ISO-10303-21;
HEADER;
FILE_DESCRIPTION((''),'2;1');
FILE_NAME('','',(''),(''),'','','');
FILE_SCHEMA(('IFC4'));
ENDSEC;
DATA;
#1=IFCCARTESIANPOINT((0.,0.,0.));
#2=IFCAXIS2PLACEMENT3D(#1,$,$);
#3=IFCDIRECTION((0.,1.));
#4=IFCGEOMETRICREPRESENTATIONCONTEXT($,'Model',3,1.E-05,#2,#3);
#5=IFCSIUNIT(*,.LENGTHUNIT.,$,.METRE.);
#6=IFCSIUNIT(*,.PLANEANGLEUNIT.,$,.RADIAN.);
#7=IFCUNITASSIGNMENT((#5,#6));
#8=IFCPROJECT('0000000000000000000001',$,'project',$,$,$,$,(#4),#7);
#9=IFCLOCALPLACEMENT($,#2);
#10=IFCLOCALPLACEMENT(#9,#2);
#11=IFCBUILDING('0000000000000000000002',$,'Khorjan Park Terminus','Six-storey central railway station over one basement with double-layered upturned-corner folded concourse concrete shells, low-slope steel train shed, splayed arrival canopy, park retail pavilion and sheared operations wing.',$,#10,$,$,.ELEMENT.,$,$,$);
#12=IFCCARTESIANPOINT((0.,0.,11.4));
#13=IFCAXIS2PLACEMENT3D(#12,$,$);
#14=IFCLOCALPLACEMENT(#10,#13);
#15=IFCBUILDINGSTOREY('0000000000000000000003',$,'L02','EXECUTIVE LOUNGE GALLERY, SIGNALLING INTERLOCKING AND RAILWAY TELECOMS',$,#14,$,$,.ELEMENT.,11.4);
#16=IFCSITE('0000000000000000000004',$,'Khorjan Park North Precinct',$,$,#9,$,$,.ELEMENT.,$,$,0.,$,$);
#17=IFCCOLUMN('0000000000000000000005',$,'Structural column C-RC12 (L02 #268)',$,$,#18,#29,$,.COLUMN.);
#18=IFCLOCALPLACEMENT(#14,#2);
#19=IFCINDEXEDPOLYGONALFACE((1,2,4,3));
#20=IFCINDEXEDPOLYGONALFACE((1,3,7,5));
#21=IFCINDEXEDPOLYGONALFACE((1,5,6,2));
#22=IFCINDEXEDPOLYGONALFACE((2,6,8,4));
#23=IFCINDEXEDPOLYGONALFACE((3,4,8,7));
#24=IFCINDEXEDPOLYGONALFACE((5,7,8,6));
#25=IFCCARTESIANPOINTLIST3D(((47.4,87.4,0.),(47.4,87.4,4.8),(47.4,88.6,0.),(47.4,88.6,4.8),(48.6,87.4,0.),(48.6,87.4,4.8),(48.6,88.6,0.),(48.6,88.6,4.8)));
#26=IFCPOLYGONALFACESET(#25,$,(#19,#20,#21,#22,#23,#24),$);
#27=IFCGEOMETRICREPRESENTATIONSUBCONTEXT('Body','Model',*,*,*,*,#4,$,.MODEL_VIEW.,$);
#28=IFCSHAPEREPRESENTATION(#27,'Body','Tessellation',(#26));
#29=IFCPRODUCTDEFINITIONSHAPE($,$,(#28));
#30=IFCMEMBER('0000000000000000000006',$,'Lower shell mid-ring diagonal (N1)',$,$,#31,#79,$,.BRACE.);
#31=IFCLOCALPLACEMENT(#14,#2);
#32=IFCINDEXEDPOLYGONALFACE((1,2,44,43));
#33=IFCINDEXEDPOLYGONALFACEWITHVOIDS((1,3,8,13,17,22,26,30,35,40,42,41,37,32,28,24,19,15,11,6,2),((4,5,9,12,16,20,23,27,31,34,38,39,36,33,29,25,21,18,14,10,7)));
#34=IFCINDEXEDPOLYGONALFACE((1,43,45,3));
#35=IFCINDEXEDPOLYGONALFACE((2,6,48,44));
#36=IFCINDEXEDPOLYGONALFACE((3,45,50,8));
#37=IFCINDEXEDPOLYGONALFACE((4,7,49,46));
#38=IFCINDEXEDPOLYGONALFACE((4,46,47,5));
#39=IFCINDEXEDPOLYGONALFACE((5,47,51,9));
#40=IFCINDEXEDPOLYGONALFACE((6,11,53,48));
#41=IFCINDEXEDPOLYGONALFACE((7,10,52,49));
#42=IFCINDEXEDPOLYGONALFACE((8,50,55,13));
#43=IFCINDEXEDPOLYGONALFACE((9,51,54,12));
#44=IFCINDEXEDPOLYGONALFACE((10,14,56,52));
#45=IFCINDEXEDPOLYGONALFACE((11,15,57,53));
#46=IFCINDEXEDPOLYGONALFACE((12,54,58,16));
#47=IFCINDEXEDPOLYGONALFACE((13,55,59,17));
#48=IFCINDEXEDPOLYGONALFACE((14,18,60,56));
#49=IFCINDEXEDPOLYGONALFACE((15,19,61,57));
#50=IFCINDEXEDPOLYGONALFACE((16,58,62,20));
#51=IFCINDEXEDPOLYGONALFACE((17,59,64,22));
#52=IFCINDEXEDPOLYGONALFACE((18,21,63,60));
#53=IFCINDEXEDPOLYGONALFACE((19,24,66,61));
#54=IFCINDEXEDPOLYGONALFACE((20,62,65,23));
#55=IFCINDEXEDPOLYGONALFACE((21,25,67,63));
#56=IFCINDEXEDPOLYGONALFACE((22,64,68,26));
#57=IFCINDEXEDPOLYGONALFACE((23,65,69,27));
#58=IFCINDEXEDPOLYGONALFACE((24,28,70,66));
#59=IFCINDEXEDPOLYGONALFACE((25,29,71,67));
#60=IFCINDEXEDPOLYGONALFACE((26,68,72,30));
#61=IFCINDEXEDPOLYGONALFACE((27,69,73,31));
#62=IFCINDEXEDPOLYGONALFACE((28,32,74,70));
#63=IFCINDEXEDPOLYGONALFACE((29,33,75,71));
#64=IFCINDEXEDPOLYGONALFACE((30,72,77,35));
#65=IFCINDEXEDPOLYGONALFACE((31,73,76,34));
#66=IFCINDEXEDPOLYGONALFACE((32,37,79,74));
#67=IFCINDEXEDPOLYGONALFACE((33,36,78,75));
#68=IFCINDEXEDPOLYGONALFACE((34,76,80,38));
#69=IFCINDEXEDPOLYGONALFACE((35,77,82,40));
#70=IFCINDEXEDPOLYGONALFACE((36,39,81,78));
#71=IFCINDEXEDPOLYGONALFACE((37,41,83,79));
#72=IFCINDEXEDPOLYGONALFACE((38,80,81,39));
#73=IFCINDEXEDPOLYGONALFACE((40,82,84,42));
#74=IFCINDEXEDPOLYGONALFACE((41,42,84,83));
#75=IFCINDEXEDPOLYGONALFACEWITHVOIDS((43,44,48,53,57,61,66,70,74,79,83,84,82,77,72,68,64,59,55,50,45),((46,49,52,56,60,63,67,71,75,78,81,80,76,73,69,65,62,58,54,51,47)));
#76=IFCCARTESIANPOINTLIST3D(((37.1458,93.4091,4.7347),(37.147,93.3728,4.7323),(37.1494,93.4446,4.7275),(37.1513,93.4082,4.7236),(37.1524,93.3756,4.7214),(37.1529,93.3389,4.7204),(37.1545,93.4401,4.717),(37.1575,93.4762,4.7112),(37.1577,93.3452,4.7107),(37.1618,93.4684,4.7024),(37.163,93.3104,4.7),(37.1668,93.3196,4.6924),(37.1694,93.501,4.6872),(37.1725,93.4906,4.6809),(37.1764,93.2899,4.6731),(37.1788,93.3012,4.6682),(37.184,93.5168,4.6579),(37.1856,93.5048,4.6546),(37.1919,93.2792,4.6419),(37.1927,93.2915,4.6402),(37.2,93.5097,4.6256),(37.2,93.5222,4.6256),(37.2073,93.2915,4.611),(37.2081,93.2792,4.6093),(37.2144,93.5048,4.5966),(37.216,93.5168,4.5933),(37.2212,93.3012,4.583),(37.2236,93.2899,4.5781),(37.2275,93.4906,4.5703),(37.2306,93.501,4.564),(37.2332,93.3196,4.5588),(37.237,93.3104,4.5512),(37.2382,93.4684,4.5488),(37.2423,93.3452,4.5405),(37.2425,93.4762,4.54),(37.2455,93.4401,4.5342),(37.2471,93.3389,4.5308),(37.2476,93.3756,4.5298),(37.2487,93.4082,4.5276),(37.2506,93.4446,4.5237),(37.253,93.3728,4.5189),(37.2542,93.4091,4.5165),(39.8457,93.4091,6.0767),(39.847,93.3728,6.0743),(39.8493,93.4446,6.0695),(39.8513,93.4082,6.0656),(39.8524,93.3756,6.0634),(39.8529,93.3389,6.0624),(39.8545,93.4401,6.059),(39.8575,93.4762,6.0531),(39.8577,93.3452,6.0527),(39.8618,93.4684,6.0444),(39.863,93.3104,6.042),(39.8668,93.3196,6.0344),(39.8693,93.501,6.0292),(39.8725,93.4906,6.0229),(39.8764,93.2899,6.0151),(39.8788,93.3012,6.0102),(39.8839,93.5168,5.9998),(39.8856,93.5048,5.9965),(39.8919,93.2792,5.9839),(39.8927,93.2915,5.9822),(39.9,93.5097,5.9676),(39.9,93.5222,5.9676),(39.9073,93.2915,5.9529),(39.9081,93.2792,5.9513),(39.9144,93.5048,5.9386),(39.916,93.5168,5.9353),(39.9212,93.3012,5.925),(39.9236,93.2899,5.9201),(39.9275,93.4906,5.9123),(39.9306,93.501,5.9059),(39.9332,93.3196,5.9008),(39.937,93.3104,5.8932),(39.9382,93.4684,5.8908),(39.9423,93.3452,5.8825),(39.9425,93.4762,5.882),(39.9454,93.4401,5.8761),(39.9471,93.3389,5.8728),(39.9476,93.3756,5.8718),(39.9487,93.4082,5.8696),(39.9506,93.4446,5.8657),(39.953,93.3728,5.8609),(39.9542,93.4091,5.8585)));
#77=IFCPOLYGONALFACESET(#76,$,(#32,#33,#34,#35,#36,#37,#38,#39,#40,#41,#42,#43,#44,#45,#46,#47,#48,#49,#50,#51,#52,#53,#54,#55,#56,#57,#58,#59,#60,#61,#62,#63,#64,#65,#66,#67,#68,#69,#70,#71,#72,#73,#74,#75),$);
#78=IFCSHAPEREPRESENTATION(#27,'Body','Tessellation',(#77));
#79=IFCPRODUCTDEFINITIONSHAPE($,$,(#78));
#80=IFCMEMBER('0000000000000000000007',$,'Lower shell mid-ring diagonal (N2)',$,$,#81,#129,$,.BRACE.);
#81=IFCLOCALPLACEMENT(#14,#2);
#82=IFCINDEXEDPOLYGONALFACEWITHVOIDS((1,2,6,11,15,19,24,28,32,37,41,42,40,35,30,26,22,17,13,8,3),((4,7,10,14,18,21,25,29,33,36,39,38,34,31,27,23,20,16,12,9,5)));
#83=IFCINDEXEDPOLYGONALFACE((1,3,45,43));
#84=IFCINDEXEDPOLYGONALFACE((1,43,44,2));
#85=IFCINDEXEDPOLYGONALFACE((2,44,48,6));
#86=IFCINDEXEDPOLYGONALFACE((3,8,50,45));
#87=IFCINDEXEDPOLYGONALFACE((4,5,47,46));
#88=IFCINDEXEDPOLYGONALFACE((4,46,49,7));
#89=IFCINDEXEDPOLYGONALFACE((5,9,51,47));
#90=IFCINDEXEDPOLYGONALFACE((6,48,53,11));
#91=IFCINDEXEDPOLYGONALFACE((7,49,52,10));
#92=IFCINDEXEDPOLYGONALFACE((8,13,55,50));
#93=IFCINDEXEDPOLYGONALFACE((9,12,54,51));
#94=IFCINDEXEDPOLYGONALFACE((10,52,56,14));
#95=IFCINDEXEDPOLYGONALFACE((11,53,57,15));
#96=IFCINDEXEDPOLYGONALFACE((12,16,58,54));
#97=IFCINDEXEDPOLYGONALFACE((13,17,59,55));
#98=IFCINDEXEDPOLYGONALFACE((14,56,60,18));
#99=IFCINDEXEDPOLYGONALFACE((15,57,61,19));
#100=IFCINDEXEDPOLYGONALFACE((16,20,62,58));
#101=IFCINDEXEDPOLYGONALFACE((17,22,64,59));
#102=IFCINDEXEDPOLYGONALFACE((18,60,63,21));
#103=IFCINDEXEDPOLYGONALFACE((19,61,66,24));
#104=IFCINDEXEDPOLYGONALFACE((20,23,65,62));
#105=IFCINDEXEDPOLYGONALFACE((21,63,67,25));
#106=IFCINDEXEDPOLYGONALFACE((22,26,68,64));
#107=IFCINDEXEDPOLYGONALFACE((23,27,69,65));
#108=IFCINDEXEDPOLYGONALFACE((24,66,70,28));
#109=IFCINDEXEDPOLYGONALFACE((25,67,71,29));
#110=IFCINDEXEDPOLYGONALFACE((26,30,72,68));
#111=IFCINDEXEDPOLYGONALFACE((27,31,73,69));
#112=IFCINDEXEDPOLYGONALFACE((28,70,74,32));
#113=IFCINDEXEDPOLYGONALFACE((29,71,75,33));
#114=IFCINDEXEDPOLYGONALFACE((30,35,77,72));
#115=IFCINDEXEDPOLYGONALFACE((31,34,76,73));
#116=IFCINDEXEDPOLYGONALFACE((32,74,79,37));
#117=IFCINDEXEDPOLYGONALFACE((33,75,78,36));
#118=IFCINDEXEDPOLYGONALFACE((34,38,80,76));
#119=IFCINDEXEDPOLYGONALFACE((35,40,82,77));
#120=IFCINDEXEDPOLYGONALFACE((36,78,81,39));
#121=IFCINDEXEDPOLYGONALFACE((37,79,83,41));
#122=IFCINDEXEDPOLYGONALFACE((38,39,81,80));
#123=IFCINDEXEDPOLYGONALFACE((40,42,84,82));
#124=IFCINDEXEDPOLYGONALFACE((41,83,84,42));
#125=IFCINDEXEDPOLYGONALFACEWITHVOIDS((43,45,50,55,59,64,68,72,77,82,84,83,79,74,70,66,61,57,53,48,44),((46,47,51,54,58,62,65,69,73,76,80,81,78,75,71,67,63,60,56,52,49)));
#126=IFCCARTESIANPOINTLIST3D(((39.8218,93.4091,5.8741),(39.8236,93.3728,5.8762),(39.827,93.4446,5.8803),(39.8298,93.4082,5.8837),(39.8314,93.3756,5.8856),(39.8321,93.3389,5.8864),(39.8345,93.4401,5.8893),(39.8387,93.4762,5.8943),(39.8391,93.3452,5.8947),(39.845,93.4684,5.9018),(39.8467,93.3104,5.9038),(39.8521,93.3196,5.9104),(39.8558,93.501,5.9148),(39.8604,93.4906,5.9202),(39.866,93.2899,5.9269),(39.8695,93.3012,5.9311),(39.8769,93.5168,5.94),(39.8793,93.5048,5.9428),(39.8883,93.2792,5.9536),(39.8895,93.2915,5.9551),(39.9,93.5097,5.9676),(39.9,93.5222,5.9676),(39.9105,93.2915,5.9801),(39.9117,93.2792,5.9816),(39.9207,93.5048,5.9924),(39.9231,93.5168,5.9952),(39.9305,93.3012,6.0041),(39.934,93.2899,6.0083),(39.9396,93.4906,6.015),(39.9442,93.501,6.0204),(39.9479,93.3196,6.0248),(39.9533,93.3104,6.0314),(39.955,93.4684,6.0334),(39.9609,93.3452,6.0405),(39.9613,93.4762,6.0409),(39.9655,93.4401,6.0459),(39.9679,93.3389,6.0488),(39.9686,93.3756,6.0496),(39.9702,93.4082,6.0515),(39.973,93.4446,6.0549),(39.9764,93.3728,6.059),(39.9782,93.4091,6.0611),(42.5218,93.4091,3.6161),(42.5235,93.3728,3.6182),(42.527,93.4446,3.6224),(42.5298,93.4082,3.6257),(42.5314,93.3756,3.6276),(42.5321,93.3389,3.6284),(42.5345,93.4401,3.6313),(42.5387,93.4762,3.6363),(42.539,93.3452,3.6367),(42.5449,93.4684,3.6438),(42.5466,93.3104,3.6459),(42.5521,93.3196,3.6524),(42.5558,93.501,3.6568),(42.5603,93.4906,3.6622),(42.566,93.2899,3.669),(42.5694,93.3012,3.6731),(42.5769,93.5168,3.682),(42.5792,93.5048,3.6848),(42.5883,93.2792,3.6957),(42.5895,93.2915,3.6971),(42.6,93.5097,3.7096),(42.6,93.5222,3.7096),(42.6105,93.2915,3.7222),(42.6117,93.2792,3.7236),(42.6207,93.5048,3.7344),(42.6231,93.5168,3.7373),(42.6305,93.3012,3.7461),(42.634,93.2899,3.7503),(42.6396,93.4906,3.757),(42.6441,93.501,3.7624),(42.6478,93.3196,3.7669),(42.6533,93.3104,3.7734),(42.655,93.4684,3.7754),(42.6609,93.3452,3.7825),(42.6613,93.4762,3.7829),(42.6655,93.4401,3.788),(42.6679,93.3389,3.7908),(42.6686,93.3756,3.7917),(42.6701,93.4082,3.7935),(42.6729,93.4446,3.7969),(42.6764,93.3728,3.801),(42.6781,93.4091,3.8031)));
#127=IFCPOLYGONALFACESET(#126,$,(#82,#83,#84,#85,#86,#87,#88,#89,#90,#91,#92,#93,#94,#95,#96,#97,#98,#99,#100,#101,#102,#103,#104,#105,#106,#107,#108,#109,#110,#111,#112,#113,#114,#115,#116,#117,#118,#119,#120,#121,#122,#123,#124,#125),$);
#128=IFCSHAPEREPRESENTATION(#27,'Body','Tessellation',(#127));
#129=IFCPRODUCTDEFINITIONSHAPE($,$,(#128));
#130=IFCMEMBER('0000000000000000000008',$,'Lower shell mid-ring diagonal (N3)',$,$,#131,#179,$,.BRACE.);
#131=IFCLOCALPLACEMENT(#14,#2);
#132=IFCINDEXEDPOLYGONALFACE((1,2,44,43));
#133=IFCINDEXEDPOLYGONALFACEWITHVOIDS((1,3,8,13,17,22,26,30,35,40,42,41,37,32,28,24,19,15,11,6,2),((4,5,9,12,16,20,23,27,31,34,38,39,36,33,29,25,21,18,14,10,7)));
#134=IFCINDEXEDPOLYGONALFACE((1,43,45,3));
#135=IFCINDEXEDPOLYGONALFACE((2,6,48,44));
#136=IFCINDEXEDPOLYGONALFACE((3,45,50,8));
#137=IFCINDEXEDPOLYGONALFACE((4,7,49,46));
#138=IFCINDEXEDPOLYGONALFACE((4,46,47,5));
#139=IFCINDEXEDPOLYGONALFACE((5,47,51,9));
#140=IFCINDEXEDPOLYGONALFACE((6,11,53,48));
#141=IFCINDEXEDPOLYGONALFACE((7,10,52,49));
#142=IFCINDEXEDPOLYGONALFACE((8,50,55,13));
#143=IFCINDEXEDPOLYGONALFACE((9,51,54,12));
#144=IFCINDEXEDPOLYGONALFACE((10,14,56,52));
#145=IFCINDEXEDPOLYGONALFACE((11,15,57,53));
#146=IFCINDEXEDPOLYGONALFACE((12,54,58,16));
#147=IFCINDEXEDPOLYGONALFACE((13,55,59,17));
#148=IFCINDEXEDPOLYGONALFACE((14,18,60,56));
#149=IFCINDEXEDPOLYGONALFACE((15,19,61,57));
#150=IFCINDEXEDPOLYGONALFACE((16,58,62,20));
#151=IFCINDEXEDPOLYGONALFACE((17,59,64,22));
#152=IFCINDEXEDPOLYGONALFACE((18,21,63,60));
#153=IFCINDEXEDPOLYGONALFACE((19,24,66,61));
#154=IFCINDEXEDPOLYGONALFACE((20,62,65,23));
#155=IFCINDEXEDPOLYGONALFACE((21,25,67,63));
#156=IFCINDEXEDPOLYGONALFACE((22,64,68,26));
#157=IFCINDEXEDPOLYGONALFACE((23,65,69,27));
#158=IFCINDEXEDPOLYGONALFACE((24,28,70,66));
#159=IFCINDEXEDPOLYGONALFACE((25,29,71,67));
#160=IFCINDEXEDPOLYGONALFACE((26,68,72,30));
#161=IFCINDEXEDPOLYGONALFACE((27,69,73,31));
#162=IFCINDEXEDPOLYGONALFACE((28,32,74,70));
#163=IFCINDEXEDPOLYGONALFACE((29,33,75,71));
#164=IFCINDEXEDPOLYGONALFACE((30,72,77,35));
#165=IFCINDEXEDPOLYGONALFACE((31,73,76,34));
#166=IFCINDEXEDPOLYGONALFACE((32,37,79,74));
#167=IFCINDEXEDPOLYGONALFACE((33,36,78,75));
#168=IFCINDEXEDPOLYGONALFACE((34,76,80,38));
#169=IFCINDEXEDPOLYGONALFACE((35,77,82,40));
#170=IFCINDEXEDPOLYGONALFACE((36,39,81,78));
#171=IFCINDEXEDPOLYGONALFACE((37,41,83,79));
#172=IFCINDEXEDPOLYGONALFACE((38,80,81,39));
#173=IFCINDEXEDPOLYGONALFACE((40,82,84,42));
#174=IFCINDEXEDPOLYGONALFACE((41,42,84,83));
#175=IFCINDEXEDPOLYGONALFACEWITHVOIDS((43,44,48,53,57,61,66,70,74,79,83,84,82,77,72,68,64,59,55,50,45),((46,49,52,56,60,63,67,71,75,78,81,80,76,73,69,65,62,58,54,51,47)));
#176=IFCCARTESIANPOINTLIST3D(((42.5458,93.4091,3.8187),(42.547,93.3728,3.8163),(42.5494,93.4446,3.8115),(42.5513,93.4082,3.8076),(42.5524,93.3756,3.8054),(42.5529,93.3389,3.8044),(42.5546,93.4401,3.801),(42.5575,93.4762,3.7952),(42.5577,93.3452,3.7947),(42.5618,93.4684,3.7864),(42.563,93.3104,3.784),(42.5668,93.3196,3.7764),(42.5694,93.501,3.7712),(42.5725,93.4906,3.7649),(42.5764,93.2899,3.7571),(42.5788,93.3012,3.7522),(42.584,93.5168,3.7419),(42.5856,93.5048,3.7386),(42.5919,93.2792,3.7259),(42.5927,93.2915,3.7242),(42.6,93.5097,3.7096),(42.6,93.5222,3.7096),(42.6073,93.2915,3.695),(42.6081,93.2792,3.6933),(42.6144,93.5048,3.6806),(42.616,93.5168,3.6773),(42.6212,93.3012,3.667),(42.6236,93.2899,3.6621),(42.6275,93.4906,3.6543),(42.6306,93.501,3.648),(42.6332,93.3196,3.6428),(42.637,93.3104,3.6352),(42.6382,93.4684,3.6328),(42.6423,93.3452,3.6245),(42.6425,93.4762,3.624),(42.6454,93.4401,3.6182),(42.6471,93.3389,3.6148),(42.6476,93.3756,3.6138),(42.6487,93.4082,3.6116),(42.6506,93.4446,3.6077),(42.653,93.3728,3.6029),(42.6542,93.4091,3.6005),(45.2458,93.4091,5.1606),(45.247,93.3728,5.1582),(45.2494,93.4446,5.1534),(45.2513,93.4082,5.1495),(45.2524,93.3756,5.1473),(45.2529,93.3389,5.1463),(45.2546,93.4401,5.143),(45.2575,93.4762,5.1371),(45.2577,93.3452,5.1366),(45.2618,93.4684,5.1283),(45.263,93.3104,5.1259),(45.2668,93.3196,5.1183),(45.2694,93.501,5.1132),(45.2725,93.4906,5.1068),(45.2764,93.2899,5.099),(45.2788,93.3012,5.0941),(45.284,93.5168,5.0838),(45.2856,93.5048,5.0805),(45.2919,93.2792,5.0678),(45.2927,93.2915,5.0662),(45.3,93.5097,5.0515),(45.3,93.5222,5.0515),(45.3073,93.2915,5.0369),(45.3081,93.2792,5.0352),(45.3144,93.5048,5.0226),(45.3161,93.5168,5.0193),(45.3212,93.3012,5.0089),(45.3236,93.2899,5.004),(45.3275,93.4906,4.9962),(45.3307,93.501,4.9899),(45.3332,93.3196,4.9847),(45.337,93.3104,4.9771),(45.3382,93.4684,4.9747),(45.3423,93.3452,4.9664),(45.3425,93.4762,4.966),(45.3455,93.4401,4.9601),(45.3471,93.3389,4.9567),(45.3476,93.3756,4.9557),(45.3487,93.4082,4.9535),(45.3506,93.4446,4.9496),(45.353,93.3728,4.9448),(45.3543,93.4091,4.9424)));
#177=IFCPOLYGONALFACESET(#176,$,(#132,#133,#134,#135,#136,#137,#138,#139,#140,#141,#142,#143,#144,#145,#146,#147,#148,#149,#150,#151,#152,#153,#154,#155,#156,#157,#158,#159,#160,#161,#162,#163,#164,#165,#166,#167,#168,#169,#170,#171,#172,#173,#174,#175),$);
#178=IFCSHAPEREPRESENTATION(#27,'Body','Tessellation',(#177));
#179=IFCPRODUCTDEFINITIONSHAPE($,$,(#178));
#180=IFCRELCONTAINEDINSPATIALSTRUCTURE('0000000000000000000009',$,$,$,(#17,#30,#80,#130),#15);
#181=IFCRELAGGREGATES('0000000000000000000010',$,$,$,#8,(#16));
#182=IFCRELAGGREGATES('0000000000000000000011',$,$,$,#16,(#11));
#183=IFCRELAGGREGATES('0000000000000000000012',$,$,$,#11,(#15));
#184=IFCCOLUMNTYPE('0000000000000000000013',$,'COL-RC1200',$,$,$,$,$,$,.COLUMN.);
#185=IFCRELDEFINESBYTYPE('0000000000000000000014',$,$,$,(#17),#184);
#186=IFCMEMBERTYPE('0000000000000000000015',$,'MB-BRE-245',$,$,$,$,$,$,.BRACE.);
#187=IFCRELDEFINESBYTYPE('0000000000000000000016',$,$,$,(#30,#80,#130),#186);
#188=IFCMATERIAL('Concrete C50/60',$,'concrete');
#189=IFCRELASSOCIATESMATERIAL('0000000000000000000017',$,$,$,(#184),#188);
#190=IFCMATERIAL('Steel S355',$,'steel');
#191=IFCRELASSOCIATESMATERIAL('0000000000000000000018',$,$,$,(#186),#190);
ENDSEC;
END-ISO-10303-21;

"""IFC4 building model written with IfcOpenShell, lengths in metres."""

from ifc_helpers import new_model, si_unit, direction, frame, origin, origin_2d, place, context, subcontext, project, spatial, rectangle, hollow_circle, extrude, material, material_profile, profile_set, type_object, element, save


model = new_model("IFC4")

# Units and contexts
model_context = context("Model", 3, precision=1e-05, world=origin(), true_north=direction((0.0, 1.0)))
body_context = subcontext(model_context, "Body", "Model", "MODEL_VIEW")
ifc_project = project(units=[si_unit("LENGTHUNIT", "METRE"), si_unit("PLANEANGLEUNIT", "RADIAN")], contexts=[model_context])

# Site, building, storey
site_placement = place(None, origin())
site = spatial("IfcSite", under=ifc_project, at=site_placement, Name="Khorjan Park North Precinct", CompositionType="ELEMENT", RefElevation=0.0)
building_placement = place(site_placement, origin())
building = spatial("IfcBuilding", under=site, at=building_placement, Name="Khorjan Park Terminus", Description="Six-storey central railway station over one basement with double-layered upturned-corner folded concourse concrete shells, low-slope steel train shed, splayed arrival canopy, park retail pavilion and sheared operations wing.", CompositionType="ELEMENT")
storey_placement = place(building_placement, frame((0.0, 0.0, 11.4)))
storey = spatial("IfcBuildingStorey", under=building, at=storey_placement, Name="L02", Description="EXECUTIVE LOUNGE GALLERY, SIGNALLING INTERLOCKING AND RAILWAY TELECOMS", CompositionType="ELEMENT", Elevation=11.4)

# Column
ifc_material_1 = material(Name="Concrete C50/60", Category="concrete")
ifc_material_profile_1 = material_profile(ifc_material_1, rectangle(XDim=1.2, YDim=1.2, at=origin_2d()), Name="RC 1200x1200")
ifc_profile_set_1 = profile_set([ifc_material_profile_1], Name="Concrete C50/60")
column_type = type_object("IfcColumnType", Name="COL-RC1200", PredefinedType="COLUMN", material=ifc_profile_set_1)
column_placement = place(storey_placement, frame((48.0, 88.0, 0.0), z_axis=(0.0, 0.0, 1.0), x_axis=(1.0, 0.0, 0.0)))
element("IfcColumn", 1, at=column_placement, inside=storey, type_object=column_type, Name="Structural column C-RC12 (L02 #268)", PredefinedType="COLUMN", context=body_context, shape_type="SweptSolid", body=[
    extrude(rectangle(XDim=1.2, YDim=1.2, at=origin_2d()), origin(), (0.0, 0.0, 1.0), 4.8),
])

# Members
ifc_material_2 = material(Name="Steel S355", Category="steel")
ifc_material_profile_2 = material_profile(ifc_material_2, hollow_circle(Radius=0.1222, WallThickness=0.0125, at=origin_2d()), Name="CHS 244.5x12.5")
ifc_profile_set_2 = profile_set([ifc_material_profile_2], Name="Steel S355")
member_type_1 = type_object("IfcMemberType", Name="MB-BRE-245", PredefinedType="BRACE", material=ifc_profile_set_2)
member_1_placement = place(storey_placement, frame((37.2, 93.4, 4.6256), z_axis=(0.895486, 0.0, 0.44509), x_axis=(0.0, 1.0, 0.0)))
element("IfcMember", 2, at=member_1_placement, inside=storey, type_object=member_type_1, Name="Lower shell mid-ring diagonal (N1)", PredefinedType="BRACE", context=body_context, shape_type="SweptSolid", body=[
    extrude(hollow_circle(Radius=0.1222, WallThickness=0.0125, at=origin_2d()), origin(), (0.0, 0.0, 1.0), 3.0151),
])
member_2_placement = place(storey_placement, frame((39.9, 93.4, 5.9676), z_axis=(0.767102, 0.0, -0.641525), x_axis=(0.0, 1.0, 0.0)))
element("IfcMember", 3, at=member_2_placement, inside=storey, type_object=member_type_1, Name="Lower shell mid-ring diagonal (N2)", PredefinedType="BRACE", context=body_context, shape_type="SweptSolid", body=[
    extrude(hollow_circle(Radius=0.1222, WallThickness=0.0125, at=origin_2d()), origin(), (0.0, 0.0, 1.0), 3.5197),
])
member_3_placement = place(storey_placement, frame((42.6, 93.4, 3.7096), z_axis=(0.895499, 0.0, 0.445063), x_axis=(0.0, 1.0, 0.0)))
element("IfcMember", 4, at=member_3_placement, inside=storey, type_object=member_type_1, Name="Lower shell mid-ring diagonal (N3)", PredefinedType="BRACE", context=body_context, shape_type="SweptSolid", body=[
    extrude(hollow_circle(Radius=0.1222, WallThickness=0.0125, at=origin_2d()), origin(), (0.0, 0.0, 1.0), 3.0151),
])

save(model, "model.ifc")
